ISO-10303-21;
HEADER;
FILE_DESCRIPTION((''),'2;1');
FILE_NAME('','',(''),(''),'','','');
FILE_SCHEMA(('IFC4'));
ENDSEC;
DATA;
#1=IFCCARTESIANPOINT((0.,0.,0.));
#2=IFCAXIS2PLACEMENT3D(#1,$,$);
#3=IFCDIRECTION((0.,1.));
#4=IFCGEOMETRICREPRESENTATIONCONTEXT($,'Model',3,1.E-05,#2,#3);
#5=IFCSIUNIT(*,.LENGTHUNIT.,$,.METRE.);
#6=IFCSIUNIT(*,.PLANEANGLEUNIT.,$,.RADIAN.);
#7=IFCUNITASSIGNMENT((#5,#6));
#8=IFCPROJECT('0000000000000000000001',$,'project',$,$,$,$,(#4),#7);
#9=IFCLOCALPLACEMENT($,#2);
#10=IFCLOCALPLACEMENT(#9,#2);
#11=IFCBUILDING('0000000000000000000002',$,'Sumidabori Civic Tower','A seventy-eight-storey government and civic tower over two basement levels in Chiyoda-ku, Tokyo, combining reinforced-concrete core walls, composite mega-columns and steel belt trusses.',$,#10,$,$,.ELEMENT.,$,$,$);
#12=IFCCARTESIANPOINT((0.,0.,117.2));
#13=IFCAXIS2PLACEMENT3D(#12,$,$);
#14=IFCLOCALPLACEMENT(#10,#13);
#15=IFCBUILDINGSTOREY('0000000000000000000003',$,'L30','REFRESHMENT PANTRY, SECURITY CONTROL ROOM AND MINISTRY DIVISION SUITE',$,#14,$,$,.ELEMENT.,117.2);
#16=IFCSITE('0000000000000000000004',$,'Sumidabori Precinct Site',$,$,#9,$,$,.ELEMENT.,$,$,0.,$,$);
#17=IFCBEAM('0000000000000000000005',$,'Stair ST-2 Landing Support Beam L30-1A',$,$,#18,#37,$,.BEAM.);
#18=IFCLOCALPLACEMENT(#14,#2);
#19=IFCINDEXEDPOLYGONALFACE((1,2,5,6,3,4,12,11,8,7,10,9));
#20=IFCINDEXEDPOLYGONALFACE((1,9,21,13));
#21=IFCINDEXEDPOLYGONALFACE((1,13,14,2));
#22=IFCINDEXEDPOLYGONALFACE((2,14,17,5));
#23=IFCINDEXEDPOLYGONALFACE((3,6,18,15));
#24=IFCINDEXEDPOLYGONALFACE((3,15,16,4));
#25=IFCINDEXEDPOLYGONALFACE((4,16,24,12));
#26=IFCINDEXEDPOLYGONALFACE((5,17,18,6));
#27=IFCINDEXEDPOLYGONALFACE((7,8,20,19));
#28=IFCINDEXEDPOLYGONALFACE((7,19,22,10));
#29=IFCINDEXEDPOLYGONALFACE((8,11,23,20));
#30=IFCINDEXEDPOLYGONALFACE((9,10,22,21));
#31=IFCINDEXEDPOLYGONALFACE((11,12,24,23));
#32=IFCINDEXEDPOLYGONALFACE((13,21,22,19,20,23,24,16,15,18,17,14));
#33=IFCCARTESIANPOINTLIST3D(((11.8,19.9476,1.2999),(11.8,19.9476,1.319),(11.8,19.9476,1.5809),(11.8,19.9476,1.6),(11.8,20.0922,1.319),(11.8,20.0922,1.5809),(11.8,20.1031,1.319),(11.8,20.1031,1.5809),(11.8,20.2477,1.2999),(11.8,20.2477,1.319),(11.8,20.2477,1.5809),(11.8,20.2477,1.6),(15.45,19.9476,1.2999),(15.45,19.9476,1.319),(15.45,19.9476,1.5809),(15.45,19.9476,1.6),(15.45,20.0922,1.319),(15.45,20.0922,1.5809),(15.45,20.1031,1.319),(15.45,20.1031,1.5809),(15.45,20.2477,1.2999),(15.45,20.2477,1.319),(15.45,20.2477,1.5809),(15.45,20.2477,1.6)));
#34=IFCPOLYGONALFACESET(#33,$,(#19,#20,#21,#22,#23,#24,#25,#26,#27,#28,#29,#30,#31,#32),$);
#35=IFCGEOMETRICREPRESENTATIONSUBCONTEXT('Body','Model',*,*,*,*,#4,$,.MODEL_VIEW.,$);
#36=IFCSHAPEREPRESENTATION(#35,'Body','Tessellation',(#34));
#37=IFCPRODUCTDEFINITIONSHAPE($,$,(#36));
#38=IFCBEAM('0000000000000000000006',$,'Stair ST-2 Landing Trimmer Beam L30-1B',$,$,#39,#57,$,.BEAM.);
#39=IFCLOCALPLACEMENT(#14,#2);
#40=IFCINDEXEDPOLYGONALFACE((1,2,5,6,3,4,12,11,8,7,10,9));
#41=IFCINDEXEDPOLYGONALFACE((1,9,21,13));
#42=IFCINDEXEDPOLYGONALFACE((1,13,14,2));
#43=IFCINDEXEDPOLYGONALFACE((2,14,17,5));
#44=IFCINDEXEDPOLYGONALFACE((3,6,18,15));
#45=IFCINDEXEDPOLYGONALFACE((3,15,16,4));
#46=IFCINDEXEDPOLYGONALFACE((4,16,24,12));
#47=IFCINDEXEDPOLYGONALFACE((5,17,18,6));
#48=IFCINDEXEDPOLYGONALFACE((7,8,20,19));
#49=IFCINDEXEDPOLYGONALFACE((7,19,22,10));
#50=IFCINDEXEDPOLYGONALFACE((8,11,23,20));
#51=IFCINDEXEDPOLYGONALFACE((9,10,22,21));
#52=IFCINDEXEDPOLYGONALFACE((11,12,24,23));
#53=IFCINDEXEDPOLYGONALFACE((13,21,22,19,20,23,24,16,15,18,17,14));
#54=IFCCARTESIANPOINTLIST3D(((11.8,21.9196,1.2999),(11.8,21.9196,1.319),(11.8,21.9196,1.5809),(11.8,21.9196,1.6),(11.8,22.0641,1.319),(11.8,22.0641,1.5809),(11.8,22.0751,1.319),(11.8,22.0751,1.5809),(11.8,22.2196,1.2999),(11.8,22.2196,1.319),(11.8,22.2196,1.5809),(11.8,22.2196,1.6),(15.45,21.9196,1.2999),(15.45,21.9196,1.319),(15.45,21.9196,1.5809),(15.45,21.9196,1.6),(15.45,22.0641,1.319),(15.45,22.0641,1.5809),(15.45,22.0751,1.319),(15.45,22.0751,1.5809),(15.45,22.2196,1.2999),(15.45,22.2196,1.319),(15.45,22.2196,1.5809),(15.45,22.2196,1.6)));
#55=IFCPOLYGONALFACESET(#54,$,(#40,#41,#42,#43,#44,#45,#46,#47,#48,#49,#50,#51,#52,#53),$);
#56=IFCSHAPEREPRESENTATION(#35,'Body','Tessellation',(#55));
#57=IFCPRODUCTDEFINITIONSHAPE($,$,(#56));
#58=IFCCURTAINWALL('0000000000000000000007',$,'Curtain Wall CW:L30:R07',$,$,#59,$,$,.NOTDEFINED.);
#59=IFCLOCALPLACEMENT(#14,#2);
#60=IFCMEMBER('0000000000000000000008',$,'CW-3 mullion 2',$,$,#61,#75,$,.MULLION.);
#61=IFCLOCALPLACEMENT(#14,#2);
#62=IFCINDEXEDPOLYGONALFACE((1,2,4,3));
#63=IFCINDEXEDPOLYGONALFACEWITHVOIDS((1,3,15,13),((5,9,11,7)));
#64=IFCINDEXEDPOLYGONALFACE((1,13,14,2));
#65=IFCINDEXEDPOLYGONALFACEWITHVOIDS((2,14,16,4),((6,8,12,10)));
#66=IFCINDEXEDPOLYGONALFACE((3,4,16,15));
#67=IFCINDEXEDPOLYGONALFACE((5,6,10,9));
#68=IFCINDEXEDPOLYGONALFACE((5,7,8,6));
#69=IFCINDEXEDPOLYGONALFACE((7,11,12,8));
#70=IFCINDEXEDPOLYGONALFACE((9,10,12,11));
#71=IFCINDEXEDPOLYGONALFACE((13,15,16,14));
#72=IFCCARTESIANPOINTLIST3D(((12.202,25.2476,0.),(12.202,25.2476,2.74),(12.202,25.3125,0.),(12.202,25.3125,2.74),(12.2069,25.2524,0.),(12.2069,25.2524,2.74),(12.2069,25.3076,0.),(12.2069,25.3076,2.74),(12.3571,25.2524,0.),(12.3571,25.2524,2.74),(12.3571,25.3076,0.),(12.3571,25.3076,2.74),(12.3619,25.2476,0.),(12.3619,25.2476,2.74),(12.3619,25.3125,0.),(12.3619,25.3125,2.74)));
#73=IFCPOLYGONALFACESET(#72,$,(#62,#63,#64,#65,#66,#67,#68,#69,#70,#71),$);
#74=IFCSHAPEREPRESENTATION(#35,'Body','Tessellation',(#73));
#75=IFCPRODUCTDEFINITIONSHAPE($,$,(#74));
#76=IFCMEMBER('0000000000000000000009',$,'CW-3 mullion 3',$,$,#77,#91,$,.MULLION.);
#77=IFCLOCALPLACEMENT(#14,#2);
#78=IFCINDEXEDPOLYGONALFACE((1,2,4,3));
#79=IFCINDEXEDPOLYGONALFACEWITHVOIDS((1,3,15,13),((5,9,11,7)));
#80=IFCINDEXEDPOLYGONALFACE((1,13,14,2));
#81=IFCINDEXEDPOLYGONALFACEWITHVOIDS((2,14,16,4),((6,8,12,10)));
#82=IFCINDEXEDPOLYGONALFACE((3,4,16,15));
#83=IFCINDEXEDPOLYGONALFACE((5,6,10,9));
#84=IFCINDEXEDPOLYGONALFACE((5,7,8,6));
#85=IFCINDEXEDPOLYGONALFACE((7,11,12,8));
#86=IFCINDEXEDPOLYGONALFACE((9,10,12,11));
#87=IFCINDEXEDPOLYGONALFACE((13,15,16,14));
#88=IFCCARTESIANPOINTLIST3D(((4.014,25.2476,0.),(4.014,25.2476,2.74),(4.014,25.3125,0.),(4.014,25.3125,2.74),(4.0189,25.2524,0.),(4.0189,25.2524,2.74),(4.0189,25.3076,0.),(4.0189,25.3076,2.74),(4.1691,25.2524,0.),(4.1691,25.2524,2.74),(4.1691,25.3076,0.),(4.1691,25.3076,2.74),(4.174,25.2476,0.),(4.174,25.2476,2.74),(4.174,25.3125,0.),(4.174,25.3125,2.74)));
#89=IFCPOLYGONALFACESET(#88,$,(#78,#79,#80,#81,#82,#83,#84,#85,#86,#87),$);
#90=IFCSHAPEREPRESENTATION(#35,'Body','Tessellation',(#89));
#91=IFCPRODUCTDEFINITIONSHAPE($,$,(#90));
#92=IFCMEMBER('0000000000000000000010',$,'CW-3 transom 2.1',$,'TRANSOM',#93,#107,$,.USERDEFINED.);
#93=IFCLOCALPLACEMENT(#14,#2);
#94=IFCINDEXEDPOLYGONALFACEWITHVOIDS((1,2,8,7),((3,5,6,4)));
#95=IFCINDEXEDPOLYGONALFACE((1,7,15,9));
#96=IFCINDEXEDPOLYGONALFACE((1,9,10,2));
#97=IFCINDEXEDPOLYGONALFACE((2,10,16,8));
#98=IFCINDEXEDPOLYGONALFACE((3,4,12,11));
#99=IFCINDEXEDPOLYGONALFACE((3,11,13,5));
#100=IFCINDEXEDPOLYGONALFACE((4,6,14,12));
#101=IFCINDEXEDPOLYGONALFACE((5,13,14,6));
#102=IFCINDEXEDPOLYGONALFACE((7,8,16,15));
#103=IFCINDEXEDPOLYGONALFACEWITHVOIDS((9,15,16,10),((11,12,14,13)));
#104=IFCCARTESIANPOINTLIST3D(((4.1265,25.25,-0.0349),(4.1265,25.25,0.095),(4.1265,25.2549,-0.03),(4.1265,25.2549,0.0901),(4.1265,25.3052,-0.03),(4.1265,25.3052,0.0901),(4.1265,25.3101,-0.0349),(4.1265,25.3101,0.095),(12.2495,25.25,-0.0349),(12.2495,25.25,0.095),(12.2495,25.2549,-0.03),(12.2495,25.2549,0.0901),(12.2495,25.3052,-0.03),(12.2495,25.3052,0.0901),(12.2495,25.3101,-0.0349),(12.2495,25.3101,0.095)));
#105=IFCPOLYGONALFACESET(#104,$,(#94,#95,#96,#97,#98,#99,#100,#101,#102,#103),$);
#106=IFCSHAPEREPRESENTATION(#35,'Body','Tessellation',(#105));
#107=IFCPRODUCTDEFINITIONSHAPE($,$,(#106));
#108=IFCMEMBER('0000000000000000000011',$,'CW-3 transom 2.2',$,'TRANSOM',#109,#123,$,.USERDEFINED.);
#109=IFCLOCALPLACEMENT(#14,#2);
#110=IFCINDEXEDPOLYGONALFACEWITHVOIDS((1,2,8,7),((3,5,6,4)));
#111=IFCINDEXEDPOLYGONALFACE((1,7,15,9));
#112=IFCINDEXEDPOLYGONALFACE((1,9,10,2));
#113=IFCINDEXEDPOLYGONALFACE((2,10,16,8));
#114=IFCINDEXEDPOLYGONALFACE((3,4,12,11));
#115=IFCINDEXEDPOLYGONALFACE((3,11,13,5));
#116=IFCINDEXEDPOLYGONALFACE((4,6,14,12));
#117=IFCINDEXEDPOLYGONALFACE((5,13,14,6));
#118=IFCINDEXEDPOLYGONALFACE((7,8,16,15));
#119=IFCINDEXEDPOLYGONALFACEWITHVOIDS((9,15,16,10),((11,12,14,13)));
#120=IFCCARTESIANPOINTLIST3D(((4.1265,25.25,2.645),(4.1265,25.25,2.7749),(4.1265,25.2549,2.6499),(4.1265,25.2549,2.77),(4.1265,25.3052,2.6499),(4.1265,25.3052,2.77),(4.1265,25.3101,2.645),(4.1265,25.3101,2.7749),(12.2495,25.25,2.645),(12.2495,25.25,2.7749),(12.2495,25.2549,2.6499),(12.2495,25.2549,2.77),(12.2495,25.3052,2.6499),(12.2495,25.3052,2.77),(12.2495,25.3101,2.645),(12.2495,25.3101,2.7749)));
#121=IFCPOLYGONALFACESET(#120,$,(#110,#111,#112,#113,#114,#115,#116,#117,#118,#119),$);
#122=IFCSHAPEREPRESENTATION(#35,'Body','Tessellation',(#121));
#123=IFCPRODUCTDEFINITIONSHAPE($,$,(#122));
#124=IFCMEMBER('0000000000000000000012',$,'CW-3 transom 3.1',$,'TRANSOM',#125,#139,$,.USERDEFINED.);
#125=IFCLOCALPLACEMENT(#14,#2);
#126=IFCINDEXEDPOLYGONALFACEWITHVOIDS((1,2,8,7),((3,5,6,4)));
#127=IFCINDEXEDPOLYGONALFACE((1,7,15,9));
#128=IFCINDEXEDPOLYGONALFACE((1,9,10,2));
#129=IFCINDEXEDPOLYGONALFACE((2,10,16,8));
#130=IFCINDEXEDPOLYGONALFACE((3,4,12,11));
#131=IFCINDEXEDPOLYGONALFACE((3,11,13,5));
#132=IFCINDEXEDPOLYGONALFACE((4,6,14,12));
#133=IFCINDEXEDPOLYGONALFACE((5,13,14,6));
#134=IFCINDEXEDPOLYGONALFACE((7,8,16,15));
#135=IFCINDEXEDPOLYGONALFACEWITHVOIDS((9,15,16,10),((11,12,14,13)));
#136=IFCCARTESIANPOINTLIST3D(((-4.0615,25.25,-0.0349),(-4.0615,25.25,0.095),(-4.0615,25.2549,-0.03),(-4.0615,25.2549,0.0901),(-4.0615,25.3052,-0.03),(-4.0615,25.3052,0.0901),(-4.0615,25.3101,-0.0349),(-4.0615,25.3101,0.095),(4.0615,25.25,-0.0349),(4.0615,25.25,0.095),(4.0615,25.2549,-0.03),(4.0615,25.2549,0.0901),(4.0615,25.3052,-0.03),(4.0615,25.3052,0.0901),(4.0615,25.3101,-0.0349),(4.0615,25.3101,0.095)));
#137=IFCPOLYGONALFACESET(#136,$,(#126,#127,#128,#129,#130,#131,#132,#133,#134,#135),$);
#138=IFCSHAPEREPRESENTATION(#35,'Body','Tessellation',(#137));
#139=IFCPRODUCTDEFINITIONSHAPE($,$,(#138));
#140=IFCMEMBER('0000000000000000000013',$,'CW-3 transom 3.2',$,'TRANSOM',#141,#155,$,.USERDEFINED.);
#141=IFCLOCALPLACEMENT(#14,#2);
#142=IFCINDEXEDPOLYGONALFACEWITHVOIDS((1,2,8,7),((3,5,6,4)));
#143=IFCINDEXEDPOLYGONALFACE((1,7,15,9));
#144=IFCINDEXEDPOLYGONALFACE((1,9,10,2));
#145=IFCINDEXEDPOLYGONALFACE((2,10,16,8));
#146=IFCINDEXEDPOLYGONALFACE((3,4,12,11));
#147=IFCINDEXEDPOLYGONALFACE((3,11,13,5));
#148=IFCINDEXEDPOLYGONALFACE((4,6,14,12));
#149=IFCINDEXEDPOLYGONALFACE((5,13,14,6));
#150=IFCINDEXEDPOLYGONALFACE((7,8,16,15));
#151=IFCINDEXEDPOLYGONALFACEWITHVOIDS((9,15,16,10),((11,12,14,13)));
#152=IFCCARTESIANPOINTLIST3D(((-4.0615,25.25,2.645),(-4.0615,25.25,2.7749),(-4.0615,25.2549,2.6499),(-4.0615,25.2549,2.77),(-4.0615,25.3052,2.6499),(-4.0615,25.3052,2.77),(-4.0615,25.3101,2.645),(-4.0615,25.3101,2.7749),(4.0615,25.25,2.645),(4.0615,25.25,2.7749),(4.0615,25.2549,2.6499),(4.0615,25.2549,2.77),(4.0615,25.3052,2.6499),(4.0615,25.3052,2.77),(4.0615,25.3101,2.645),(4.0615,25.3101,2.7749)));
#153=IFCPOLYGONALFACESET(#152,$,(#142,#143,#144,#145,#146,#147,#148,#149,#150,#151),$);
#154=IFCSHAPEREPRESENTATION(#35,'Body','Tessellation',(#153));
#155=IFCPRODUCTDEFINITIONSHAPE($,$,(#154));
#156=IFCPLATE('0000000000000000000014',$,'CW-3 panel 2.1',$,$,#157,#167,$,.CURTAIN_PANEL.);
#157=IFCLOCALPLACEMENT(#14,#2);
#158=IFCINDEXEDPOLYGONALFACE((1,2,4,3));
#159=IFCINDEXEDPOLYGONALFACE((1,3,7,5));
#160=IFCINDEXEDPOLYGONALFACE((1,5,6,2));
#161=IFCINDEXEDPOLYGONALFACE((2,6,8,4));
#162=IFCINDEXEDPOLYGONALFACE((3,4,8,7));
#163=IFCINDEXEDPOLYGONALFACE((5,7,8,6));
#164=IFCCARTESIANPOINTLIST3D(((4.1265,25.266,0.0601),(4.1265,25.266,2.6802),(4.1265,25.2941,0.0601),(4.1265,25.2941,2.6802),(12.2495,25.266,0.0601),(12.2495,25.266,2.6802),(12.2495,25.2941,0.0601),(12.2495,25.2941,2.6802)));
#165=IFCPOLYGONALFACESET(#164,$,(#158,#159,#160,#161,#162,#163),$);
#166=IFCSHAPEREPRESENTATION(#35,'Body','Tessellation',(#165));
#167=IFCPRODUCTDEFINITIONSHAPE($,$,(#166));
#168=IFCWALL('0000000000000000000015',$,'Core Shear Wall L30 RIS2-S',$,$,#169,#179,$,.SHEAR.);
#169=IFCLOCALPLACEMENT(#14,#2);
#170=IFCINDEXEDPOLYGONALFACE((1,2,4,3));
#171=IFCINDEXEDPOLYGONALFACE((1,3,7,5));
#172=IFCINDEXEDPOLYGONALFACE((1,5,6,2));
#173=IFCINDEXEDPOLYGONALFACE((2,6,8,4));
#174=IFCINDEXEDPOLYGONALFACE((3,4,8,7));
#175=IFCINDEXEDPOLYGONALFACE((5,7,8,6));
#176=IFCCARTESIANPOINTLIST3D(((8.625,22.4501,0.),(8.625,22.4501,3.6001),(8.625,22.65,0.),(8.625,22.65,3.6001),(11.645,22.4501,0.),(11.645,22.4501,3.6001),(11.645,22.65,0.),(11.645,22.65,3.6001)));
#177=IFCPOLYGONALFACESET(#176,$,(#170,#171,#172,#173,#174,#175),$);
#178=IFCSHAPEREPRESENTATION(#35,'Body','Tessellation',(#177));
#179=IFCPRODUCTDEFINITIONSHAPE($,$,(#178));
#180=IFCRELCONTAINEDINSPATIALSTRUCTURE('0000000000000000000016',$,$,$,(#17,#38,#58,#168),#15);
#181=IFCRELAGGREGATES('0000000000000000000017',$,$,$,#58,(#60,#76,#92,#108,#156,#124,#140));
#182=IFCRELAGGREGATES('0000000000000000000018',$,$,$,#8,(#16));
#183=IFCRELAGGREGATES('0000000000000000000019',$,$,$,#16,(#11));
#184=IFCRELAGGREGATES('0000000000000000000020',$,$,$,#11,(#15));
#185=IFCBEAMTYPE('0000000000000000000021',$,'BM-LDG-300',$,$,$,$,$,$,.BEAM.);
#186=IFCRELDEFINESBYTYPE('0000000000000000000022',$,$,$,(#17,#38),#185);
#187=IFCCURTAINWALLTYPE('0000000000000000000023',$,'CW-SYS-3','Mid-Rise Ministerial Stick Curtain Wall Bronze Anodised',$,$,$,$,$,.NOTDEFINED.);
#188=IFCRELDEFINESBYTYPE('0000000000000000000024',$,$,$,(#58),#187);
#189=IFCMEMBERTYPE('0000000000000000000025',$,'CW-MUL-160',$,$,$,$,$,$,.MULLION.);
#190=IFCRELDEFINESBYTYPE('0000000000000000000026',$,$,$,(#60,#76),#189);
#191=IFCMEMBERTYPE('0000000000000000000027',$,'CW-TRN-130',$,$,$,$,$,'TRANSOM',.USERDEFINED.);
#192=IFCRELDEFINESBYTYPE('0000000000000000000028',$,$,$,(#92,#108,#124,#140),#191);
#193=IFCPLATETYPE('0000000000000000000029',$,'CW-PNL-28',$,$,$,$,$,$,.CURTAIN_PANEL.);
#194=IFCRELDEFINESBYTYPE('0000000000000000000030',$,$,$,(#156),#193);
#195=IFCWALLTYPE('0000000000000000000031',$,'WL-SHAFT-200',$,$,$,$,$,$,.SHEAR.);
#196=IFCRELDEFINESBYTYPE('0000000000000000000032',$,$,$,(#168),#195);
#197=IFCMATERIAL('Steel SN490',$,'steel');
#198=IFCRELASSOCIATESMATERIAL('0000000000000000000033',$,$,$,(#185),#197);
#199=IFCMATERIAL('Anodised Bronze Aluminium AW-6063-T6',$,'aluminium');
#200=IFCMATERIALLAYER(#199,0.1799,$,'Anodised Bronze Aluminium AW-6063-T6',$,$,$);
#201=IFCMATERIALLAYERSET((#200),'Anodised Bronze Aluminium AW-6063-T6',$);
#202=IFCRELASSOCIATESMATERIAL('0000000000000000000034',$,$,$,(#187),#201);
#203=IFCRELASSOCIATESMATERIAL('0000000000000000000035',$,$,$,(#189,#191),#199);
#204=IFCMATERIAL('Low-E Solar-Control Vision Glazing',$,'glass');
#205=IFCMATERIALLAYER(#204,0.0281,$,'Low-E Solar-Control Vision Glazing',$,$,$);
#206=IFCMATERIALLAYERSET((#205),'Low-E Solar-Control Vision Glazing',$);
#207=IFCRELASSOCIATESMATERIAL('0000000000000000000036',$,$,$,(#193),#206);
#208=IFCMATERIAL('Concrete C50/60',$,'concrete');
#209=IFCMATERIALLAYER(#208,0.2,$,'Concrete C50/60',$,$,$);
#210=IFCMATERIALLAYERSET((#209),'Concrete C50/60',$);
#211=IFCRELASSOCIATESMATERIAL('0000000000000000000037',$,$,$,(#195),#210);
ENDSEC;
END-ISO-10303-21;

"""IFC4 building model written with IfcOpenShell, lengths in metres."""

from ifc_helpers import new_model, si_unit, direction, frame, frame_2d, origin, origin_2d, place, context, subcontext, project, spatial, rectangle, hollow_rectangle, i_section, extrude, source, transform, mapped, material, layer, layer_set, material_profile, profile_set, type_object, element, aggregate, save


model = new_model("IFC4")

# Units and contexts
model_context = context("Model", 3, precision=1e-05, world=origin(), true_north=direction((0.0, 1.0)))
body_context = subcontext(model_context, "Body", "Model", "MODEL_VIEW")
ifc_project = project(units=[si_unit("LENGTHUNIT", "METRE"), si_unit("PLANEANGLEUNIT", "RADIAN")], contexts=[model_context])

# Site, building, storey
site_placement = place(None, origin())
site = spatial("IfcSite", under=ifc_project, at=site_placement, Name="Sumidabori Precinct Site", CompositionType="ELEMENT", RefElevation=0.0)
building_placement = place(site_placement, origin())
building = spatial("IfcBuilding", under=site, at=building_placement, Name="Sumidabori Civic Tower", Description="A seventy-eight-storey government and civic tower over two basement levels in Chiyoda-ku, Tokyo, combining reinforced-concrete core walls, composite mega-columns and steel belt trusses.", CompositionType="ELEMENT")
storey_placement = place(building_placement, frame((0.0, 0.0, 117.2)))
storey = spatial("IfcBuildingStorey", under=building, at=storey_placement, Name="L30", Description="REFRESHMENT PANTRY, SECURITY CONTROL ROOM AND MINISTRY DIVISION SUITE", CompositionType="ELEMENT", Elevation=117.2)

# Beams
ifc_material_1 = material(Name="Steel SN490", Category="steel")
ifc_material_profile_1 = material_profile(ifc_material_1, i_section(OverallWidth=0.3, OverallDepth=0.3, WebThickness=0.011, FlangeThickness=0.019, at=origin_2d()), Name="HE 300 B")
ifc_profile_set_1 = profile_set([ifc_material_profile_1], Name="Steel SN490")
beam_type = type_object("IfcBeamType", Name="BM-LDG-300", PredefinedType="BEAM", material=ifc_profile_set_1)
shared_shape_1 = source(origin(), body_context, "Body", "SweptSolid", [
    extrude(i_section(OverallWidth=0.3, OverallDepth=0.3, WebThickness=0.011, FlangeThickness=0.019, at=origin_2d()), origin(), (0.0, 0.0, 1.0), 3.6499),
])
for number, where, z_axis, x_axis, name in (
    (1, (11.8, 20.0977, 1.45), (1.0, 0.0, 0.0), (0.0, 1.0, 0.0), "Stair ST-2 Landing Support Beam L30-1A"),
    (2, (11.8, 22.0696, 1.45), (1.0, 0.0, 0.0), (0.0, 1.0, 0.0), "Stair ST-2 Landing Trimmer Beam L30-1B"),
):
    element("IfcBeam", number, at=place(storey_placement, frame(where, z_axis=z_axis, x_axis=x_axis)), inside=storey, type_object=beam_type, Name=name, PredefinedType="BEAM", context=body_context, shape_type="MappedRepresentation", body=[
        mapped(shared_shape_1, transform((0.0, 0.0, 0.0), x_axis=(1.0, 0.0, 0.0), y_axis=(0.0, 1.0, 0.0), z_axis=(0.0, 0.0, 1.0), scale=1.0)),
    ])

# Curtain wall, members, plate
ifc_material_2 = material(Name="Anodised Bronze Aluminium AW-6063-T6", Category="aluminium")
ifc_layer_1 = layer(ifc_material_2, 0.1799, Name="Anodised Bronze Aluminium AW-6063-T6")
ifc_layer_set_1 = layer_set([ifc_layer_1], Name="Anodised Bronze Aluminium AW-6063-T6")
curtain_wall_type = type_object("IfcCurtainWallType", Name="CW-SYS-3", Description="Mid-Rise Ministerial Stick Curtain Wall Bronze Anodised", PredefinedType="NOTDEFINED", material=ifc_layer_set_1)
curtain_wall_placement = place(storey_placement, origin())
curtain_wall = element("IfcCurtainWall", 3, at=curtain_wall_placement, inside=storey, type_object=curtain_wall_type, Name="Curtain Wall CW:L30:R07", PredefinedType="NOTDEFINED")
ifc_material_profile_2 = material_profile(ifc_material_2, hollow_rectangle(XDim=0.0649, YDim=0.1599, WallThickness=0.0049, at=origin_2d()), Name="ALU MULLION 160x65")
ifc_profile_set_2 = profile_set([ifc_material_profile_2], Name="Anodised Bronze Aluminium AW-6063-T6")
member_type_1 = type_object("IfcMemberType", Name="CW-MUL-160", PredefinedType="MULLION", material=ifc_profile_set_2)
shared_shape_2 = source(origin(), body_context, "Body", "SweptSolid", [
    extrude(hollow_rectangle(XDim=0.0649, YDim=0.1599, WallThickness=0.0049, at=origin_2d()), origin(), (0.0, 0.0, 1.0), 2.74),
])
member_1_placement = place(storey_placement, frame((12.282, 25.28, 0.0), z_axis=(0.0, 0.0, 1.0), x_axis=(0.0, -1.0, 0.0)))
member_1 = element("IfcMember", 4, at=member_1_placement, type_object=member_type_1, Name="CW-3 mullion 2", PredefinedType="MULLION", context=body_context, shape_type="MappedRepresentation", body=[
    mapped(shared_shape_2, transform((0.0, 0.0, 0.0), x_axis=(1.0, 0.0, 0.0), y_axis=(0.0, 1.0, 0.0), z_axis=(0.0, 0.0, 1.0), scale=1.0)),
])
member_2_placement = place(storey_placement, frame((4.094, 25.28, 0.0), z_axis=(0.0, 0.0, 1.0), x_axis=(0.0, -1.0, 0.0)))
member_2 = element("IfcMember", 5, at=member_2_placement, type_object=member_type_1, Name="CW-3 mullion 3", PredefinedType="MULLION", context=body_context, shape_type="MappedRepresentation", body=[
    mapped(shared_shape_2, transform((0.0, 0.0, 0.0), x_axis=(1.0, 0.0, 0.0), y_axis=(0.0, 1.0, 0.0), z_axis=(0.0, 0.0, 1.0), scale=1.0)),
])
ifc_material_profile_3 = material_profile(ifc_material_2, hollow_rectangle(XDim=0.0601, YDim=0.1299, WallThickness=0.0049, at=origin_2d()), Name="ALU TRANSOM 130x60")
ifc_profile_set_3 = profile_set([ifc_material_profile_3], Name="Anodised Bronze Aluminium AW-6063-T6")
member_type_2 = type_object("IfcMemberType", Name="CW-TRN-130", ElementType="TRANSOM", PredefinedType="USERDEFINED", material=ifc_profile_set_3)
shared_shape_3 = source(origin(), body_context, "Body", "SweptSolid", [
    extrude(hollow_rectangle(XDim=0.0601, YDim=0.1299, WallThickness=0.0049, at=origin_2d()), origin(), (0.0, 0.0, 1.0), 8.123),
])
member_3_placement = place(storey_placement, frame((12.2495, 25.28, 0.03), z_axis=(-1.0, 0.0, 0.0), x_axis=(0.0, -1.0, 0.0)))
member_3 = element("IfcMember", 6, at=member_3_placement, type_object=member_type_2, Name="CW-3 transom 2.1", ObjectType="TRANSOM", PredefinedType="USERDEFINED", context=body_context, shape_type="MappedRepresentation", body=[
    mapped(shared_shape_3, transform((0.0, 0.0, 0.0), x_axis=(1.0, 0.0, 0.0), y_axis=(0.0, 1.0, 0.0), z_axis=(0.0, 0.0, 1.0), scale=1.0)),
])
member_4_placement = place(storey_placement, frame((12.2495, 25.28, 2.71), z_axis=(-1.0, 0.0, 0.0), x_axis=(0.0, -1.0, 0.0)))
member_4 = element("IfcMember", 7, at=member_4_placement, type_object=member_type_2, Name="CW-3 transom 2.2", ObjectType="TRANSOM", PredefinedType="USERDEFINED", context=body_context, shape_type="MappedRepresentation", body=[
    mapped(shared_shape_3, transform((0.0, 0.0, 0.0), x_axis=(1.0, 0.0, 0.0), y_axis=(0.0, 1.0, 0.0), z_axis=(0.0, 0.0, 1.0), scale=1.0)),
])
member_5_placement = place(storey_placement, frame((4.0615, 25.28, 0.03), z_axis=(-1.0, 0.0, 0.0), x_axis=(0.0, -1.0, 0.0)))
member_5 = element("IfcMember", 8, at=member_5_placement, type_object=member_type_2, Name="CW-3 transom 3.1", ObjectType="TRANSOM", PredefinedType="USERDEFINED", context=body_context, shape_type="MappedRepresentation", body=[
    mapped(shared_shape_3, transform((0.0, 0.0, 0.0), x_axis=(1.0, 0.0, 0.0), y_axis=(0.0, 1.0, 0.0), z_axis=(0.0, 0.0, 1.0), scale=1.0)),
])
member_6_placement = place(storey_placement, frame((4.0615, 25.28, 2.71), z_axis=(-1.0, 0.0, 0.0), x_axis=(0.0, -1.0, 0.0)))
member_6 = element("IfcMember", 9, at=member_6_placement, type_object=member_type_2, Name="CW-3 transom 3.2", ObjectType="TRANSOM", PredefinedType="USERDEFINED", context=body_context, shape_type="MappedRepresentation", body=[
    mapped(shared_shape_3, transform((0.0, 0.0, 0.0), x_axis=(1.0, 0.0, 0.0), y_axis=(0.0, 1.0, 0.0), z_axis=(0.0, 0.0, 1.0), scale=1.0)),
])
ifc_material_3 = material(Name="Low-E Solar-Control Vision Glazing", Category="glass")
ifc_layer_2 = layer(ifc_material_3, 0.0281, Name="Low-E Solar-Control Vision Glazing")
ifc_layer_set_2 = layer_set([ifc_layer_2], Name="Low-E Solar-Control Vision Glazing")
plate_type = type_object("IfcPlateType", Name="CW-PNL-28", PredefinedType="CURTAIN_PANEL", material=ifc_layer_set_2)
shared_shape_4 = source(origin(), body_context, "Body", "SweptSolid", [
    extrude(rectangle(XDim=8.123, YDim=0.0281, at=origin_2d()), origin(), (0.0, 0.0, 1.0), 2.6201),
])
plate_placement = place(storey_placement, frame((8.188, 25.28, 0.0601), z_axis=(0.0, 0.0, 1.0), x_axis=(-1.0, 0.0, 0.0)))
plate = element("IfcPlate", 10, at=plate_placement, type_object=plate_type, Name="CW-3 panel 2.1", PredefinedType="CURTAIN_PANEL", context=body_context, shape_type="MappedRepresentation", body=[
    mapped(shared_shape_4, transform((0.0, 0.0, 0.0), x_axis=(1.0, 0.0, 0.0), y_axis=(0.0, 1.0, 0.0), z_axis=(0.0, 0.0, 1.0), scale=1.0)),
])
aggregate(curtain_wall, [member_1, member_2, member_3, member_4, plate, member_5, member_6])

# Wall
ifc_material_4 = material(Name="Concrete C50/60", Category="concrete")
ifc_layer_3 = layer(ifc_material_4, 0.2, Name="Concrete C50/60")
ifc_layer_set_3 = layer_set([ifc_layer_3], Name="Concrete C50/60")
wall_type_1 = type_object("IfcWallType", Name="WL-SHAFT-200", PredefinedType="SHEAR", material=ifc_layer_set_3)
shared_shape_5 = source(origin(), body_context, "Body", "SweptSolid", [
    extrude(rectangle(XDim=3.02, YDim=0.2, at=frame_2d((1.51, 0.0))), origin(), (0.0, 0.0, 1.0), 3.6001),
])
wall_1_placement = place(storey_placement, frame((8.625, 22.55, 0.0), z_axis=(0.0, 0.0, 1.0), x_axis=(1.0, 0.0, 0.0)))
element("IfcWall", 11, at=wall_1_placement, inside=storey, type_object=wall_type_1, Name="Core Shear Wall L30 RIS2-S", PredefinedType="SHEAR", context=body_context, shape_type="MappedRepresentation", body=[
    mapped(shared_shape_5, transform((0.0, 0.0, 0.0), x_axis=(1.0, 0.0, 0.0), y_axis=(0.0, 1.0, 0.0), z_axis=(0.0, 0.0, 1.0), scale=1.0)),
])

save(model, "model.ifc")
